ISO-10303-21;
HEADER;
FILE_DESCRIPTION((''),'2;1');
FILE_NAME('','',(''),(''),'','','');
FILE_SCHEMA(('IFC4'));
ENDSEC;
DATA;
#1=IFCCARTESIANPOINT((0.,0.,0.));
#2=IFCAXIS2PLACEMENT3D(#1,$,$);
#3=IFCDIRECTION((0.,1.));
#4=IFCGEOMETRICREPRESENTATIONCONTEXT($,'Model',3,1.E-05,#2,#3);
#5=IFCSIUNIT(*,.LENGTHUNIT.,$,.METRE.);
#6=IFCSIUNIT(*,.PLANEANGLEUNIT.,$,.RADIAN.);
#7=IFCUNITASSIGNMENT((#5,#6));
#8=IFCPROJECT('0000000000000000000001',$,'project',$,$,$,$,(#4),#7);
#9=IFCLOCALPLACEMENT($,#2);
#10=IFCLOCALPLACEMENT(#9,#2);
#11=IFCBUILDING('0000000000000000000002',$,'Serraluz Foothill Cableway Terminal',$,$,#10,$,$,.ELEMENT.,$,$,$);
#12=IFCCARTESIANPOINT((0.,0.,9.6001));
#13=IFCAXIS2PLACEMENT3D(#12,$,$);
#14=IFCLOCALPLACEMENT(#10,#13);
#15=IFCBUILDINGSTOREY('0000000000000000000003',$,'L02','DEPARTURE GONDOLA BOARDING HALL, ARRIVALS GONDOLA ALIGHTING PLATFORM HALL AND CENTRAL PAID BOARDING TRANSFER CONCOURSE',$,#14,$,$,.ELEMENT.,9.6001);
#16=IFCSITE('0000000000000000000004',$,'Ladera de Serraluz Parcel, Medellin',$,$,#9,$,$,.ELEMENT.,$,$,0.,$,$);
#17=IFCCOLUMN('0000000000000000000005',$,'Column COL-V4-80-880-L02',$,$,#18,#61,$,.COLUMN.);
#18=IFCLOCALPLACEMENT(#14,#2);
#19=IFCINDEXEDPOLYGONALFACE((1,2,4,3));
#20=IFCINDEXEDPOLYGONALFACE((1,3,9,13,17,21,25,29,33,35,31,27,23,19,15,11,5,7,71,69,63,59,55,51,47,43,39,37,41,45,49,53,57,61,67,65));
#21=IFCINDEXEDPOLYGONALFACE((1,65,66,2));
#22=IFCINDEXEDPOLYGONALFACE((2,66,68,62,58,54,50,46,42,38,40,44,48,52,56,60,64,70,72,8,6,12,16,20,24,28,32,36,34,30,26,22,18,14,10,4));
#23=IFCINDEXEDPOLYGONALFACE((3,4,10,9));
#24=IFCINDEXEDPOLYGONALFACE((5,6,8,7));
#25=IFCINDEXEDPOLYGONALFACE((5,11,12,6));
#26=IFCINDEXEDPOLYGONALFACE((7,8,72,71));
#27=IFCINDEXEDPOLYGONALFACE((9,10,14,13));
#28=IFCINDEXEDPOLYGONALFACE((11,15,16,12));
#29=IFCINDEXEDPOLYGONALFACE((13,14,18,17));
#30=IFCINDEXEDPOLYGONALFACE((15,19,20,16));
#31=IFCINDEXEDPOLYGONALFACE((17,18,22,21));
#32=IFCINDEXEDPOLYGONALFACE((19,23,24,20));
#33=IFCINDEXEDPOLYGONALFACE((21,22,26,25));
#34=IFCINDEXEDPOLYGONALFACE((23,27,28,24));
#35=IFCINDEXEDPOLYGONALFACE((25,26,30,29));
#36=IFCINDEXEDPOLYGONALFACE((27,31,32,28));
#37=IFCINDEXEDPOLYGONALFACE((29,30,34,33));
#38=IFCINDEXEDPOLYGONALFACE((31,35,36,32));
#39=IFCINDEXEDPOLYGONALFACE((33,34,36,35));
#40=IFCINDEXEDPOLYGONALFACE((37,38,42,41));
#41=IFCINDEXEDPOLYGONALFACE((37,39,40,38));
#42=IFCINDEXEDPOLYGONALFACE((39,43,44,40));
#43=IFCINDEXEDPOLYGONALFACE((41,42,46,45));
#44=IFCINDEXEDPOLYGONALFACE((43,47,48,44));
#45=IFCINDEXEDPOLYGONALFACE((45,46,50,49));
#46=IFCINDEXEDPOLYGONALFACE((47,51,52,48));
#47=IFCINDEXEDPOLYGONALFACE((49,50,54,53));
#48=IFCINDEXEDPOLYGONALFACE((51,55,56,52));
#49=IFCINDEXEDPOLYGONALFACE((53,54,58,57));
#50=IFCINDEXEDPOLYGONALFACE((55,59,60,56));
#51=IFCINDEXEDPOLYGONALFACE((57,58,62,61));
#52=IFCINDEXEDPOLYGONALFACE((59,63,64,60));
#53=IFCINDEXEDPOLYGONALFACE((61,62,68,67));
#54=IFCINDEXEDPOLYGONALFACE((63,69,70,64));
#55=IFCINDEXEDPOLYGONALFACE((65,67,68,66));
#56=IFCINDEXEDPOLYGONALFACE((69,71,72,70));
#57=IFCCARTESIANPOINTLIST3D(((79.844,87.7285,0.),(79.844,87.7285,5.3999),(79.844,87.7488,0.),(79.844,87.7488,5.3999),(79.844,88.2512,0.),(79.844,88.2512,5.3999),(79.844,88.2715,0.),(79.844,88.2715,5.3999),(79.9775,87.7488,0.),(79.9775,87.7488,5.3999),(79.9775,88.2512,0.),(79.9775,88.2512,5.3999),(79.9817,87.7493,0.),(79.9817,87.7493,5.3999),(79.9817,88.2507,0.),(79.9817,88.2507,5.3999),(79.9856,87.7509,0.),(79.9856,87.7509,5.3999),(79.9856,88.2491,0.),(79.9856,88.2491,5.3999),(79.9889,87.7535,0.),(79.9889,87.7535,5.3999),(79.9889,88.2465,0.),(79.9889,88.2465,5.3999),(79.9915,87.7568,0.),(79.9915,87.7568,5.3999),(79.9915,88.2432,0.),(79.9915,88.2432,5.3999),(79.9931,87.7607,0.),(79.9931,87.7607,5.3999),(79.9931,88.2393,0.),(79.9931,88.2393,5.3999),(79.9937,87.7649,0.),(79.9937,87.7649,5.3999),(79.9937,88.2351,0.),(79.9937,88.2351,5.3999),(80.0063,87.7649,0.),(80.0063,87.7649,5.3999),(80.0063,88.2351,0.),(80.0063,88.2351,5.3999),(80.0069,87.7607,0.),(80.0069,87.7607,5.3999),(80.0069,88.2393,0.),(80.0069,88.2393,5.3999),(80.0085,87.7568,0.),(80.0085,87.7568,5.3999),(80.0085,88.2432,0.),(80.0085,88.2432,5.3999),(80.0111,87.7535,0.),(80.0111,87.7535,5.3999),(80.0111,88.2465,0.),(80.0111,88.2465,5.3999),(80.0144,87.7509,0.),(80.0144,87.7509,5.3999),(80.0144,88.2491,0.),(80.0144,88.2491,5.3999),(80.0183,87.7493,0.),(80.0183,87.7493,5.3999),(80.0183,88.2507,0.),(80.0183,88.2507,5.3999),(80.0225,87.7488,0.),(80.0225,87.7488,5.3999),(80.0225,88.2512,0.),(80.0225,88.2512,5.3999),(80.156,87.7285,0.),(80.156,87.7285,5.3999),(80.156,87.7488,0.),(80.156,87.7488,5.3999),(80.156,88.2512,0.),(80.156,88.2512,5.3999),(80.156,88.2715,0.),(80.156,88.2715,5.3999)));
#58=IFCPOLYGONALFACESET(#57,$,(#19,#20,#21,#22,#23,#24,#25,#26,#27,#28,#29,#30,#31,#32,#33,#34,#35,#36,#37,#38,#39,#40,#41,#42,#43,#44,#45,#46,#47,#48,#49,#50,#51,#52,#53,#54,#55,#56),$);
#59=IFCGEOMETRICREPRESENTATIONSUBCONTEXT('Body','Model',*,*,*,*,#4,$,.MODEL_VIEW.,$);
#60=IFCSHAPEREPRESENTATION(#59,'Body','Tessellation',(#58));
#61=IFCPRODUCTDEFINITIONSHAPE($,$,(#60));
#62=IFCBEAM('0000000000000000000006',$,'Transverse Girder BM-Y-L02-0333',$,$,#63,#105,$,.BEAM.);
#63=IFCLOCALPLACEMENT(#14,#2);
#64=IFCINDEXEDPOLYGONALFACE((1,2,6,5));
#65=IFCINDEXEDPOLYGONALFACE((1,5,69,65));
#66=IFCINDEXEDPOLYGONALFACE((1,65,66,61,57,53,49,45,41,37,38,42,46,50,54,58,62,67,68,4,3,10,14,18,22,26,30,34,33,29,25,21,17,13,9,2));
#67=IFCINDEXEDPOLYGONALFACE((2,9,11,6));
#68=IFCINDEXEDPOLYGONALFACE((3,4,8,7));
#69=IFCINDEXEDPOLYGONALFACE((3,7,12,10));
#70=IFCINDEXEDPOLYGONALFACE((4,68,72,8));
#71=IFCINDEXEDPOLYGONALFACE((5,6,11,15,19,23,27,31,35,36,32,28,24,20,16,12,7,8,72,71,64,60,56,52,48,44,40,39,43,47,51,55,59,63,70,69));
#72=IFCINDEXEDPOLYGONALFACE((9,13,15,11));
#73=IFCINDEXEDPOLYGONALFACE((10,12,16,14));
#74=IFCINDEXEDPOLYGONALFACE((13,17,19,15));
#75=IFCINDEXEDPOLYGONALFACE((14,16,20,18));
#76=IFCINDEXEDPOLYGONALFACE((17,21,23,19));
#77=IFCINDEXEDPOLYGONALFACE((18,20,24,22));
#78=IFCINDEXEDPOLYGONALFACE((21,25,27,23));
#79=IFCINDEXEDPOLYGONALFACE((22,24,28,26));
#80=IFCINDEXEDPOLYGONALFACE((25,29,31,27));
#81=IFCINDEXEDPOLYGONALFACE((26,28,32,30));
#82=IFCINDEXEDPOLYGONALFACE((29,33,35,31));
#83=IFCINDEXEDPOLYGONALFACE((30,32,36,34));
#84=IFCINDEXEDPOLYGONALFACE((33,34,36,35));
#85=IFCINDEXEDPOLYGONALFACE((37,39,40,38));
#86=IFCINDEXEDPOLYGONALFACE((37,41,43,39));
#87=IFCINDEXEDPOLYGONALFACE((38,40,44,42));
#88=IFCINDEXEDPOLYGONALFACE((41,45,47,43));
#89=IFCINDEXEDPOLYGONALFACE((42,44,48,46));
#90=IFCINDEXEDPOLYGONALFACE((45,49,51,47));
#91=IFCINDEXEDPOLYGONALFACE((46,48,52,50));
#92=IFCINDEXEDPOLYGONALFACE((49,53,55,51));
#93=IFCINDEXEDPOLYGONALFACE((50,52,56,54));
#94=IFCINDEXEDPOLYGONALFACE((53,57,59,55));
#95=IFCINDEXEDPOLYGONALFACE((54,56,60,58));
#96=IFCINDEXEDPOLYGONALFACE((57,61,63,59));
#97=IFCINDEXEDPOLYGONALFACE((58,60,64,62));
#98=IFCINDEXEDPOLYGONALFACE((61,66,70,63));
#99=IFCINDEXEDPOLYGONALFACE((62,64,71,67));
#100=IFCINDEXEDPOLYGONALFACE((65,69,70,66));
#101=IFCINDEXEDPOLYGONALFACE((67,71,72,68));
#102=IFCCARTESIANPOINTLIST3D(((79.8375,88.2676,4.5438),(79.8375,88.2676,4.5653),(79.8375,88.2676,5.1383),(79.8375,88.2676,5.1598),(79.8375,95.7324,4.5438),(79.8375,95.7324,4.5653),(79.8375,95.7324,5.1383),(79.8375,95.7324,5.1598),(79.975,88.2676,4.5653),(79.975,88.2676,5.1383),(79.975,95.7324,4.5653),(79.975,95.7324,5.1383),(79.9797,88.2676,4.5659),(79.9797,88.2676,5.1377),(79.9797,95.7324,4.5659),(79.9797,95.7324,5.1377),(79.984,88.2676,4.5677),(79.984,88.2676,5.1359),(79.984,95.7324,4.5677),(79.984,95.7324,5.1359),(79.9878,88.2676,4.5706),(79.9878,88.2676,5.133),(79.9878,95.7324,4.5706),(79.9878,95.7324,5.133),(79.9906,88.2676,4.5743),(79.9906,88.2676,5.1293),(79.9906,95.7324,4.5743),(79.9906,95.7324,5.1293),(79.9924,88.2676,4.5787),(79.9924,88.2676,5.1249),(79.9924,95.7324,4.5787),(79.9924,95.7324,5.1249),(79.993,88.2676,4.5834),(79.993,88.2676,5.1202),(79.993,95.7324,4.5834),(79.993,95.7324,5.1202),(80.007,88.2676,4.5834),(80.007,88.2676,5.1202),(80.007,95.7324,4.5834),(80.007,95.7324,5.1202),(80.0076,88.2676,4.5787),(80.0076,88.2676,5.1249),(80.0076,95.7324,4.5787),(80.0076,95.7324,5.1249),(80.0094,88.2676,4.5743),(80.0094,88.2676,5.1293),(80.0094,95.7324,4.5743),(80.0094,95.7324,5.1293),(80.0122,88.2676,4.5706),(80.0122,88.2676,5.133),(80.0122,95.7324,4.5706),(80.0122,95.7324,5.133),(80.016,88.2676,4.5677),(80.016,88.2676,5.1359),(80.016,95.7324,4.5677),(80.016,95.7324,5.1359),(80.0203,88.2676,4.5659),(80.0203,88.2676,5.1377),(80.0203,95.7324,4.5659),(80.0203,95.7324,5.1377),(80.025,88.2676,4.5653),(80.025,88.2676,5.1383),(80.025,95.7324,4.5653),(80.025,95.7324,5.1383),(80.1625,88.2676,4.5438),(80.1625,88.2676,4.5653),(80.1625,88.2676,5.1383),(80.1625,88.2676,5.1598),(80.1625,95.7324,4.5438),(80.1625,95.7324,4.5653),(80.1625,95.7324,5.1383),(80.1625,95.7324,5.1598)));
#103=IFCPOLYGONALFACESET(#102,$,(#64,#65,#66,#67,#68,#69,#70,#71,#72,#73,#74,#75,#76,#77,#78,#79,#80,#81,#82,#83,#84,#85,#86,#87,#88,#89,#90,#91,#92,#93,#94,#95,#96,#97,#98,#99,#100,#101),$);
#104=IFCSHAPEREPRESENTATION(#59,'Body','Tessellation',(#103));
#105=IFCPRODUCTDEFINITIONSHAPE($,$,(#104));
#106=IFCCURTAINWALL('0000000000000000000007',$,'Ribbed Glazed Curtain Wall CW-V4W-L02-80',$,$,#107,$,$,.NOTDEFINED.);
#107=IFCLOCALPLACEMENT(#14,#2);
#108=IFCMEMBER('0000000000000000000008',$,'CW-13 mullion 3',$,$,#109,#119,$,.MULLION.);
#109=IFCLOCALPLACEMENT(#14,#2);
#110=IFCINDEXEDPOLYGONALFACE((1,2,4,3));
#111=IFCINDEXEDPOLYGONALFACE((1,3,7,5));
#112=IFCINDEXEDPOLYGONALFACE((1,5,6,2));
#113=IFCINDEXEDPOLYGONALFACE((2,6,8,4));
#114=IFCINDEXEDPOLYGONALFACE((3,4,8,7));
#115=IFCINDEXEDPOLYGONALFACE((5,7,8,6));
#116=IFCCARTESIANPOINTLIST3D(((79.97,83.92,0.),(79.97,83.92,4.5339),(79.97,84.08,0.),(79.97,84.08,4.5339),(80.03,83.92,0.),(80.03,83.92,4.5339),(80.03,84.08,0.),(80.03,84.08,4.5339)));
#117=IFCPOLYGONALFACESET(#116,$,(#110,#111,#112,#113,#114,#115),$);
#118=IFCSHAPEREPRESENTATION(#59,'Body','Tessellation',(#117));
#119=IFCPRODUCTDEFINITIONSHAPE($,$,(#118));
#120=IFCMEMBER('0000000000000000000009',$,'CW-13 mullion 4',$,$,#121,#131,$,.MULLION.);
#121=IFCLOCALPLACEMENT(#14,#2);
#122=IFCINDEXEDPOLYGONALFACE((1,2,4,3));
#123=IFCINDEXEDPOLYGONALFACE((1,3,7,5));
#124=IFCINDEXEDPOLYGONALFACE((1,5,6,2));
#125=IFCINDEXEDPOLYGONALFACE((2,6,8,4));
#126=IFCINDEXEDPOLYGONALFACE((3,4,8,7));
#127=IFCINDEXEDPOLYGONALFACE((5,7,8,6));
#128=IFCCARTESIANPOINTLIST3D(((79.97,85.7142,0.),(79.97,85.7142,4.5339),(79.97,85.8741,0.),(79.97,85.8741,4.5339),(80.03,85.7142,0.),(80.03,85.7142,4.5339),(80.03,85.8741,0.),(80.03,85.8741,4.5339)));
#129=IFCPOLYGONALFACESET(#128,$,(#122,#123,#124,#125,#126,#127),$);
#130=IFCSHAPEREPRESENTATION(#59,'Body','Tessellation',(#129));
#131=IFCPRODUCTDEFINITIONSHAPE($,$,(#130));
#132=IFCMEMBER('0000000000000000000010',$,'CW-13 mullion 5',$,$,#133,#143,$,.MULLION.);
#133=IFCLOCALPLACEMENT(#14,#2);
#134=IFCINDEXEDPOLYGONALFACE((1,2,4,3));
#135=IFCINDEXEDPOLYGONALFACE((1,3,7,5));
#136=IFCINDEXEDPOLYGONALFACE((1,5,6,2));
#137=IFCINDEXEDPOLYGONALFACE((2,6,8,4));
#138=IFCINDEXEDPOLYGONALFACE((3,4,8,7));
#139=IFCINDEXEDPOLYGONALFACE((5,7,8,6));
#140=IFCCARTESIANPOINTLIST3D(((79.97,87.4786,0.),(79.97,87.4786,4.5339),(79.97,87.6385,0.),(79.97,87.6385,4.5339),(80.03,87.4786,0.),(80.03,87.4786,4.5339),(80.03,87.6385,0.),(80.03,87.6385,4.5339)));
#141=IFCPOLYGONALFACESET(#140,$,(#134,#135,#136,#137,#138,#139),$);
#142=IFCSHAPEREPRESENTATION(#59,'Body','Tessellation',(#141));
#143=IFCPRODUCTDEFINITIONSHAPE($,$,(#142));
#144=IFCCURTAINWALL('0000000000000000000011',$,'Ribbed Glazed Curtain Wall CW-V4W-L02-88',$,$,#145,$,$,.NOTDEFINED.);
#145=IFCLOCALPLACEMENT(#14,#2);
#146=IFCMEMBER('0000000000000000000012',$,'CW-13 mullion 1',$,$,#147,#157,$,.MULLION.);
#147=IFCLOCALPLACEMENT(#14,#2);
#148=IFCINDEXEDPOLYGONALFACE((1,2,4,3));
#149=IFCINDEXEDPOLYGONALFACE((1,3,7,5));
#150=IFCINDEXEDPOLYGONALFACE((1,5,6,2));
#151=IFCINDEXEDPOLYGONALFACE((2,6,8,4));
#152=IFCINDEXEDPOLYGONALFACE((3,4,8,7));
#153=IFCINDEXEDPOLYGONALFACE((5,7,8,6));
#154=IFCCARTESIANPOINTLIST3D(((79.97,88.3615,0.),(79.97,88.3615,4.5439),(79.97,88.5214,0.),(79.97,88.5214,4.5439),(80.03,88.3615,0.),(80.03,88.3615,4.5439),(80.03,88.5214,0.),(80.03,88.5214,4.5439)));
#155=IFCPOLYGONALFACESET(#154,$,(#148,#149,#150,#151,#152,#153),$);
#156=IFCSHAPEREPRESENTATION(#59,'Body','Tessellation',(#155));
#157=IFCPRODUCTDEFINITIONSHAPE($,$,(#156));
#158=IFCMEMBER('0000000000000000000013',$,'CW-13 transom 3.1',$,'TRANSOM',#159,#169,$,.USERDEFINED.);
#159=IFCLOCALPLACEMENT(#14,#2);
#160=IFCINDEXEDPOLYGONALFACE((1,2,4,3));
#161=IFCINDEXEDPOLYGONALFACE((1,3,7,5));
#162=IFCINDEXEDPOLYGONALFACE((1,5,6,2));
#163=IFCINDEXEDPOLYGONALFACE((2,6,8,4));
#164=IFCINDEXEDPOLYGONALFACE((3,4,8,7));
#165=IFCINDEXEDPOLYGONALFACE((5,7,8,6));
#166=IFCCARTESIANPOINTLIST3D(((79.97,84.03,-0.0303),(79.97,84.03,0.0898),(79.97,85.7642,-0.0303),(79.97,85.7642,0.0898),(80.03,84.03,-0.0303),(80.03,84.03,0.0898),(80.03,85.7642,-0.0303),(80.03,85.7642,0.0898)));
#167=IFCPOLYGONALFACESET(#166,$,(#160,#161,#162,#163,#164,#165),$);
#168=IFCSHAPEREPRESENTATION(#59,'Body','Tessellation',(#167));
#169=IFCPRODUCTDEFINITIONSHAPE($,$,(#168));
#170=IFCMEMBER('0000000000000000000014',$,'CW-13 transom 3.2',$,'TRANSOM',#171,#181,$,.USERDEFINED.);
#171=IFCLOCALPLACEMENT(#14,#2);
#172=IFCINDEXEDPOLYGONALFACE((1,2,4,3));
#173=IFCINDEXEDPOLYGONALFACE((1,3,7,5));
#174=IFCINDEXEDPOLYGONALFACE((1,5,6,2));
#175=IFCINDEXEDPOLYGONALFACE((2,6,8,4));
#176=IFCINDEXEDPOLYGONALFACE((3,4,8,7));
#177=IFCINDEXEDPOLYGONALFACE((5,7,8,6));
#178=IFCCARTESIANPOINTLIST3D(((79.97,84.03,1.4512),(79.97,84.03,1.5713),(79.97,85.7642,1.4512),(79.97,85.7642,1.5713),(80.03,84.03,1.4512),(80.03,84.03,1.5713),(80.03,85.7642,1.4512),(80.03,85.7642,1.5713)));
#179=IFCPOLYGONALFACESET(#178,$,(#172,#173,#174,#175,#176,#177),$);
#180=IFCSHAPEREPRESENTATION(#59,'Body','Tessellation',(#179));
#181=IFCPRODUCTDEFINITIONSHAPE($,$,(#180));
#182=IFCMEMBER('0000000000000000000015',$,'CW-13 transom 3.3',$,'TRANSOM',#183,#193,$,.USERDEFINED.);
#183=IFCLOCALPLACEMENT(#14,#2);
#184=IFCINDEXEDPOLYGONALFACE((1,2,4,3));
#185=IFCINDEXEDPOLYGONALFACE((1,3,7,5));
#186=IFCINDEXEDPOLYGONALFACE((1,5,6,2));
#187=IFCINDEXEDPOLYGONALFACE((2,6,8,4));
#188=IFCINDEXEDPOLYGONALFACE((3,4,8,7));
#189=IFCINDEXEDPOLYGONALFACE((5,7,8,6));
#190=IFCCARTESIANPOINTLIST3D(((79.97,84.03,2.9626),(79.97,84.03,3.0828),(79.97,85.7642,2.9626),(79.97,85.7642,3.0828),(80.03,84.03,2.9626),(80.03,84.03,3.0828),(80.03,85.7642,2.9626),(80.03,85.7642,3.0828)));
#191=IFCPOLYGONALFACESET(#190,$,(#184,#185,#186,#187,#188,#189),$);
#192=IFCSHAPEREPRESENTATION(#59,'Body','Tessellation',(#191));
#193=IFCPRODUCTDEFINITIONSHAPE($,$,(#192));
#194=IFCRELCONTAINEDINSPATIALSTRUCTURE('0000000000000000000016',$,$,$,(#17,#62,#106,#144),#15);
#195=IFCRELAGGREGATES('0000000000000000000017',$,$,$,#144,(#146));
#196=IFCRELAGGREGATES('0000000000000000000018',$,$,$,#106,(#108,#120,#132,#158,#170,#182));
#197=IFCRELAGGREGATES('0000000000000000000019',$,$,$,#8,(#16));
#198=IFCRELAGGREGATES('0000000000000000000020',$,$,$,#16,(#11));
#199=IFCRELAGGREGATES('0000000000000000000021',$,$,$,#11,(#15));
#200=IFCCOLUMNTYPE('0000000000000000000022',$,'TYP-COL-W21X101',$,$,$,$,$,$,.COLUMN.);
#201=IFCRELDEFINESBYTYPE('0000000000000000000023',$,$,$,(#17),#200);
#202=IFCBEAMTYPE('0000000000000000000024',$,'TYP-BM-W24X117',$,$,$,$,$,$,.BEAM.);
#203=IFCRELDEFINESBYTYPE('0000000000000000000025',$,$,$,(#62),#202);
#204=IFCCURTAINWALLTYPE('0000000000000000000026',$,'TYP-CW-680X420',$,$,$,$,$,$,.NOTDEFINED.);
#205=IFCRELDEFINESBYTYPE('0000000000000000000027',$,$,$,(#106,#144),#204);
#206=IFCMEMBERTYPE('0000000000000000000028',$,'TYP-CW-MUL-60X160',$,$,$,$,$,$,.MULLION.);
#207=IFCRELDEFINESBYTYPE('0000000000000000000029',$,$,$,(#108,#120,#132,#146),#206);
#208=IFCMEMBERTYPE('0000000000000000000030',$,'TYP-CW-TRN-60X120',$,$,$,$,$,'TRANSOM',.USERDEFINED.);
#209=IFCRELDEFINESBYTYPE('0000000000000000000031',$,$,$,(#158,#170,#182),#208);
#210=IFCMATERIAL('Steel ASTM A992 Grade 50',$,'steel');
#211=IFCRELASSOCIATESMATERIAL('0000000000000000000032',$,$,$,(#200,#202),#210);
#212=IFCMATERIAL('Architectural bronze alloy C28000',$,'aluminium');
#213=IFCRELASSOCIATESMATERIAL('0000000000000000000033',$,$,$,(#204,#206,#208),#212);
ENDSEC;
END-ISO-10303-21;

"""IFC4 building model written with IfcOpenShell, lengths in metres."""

from ifc_helpers import new_model, si_unit, direction, frame, origin, origin_2d, place, context, subcontext, project, spatial, rectangle, i_section, extrude, material, material_profile, profile_set, type_object, element, aggregate, save


model = new_model("IFC4")

# Units and contexts
model_context = context("Model", 3, precision=1e-05, world=origin(), true_north=direction((0.0, 1.0)))
body_context = subcontext(model_context, "Body", "Model", "MODEL_VIEW")
ifc_project = project(units=[si_unit("LENGTHUNIT", "METRE"), si_unit("PLANEANGLEUNIT", "RADIAN")], contexts=[model_context])

# Site, building, storey
site_placement = place(None, origin())
site = spatial("IfcSite", under=ifc_project, at=site_placement, Name="Ladera de Serraluz Parcel, Medellin", CompositionType="ELEMENT", RefElevation=0.0)
building_placement = place(site_placement, origin())
building = spatial("IfcBuilding", under=site, at=building_placement, Name="Serraluz Foothill Cableway Terminal", CompositionType="ELEMENT")
storey_placement = place(building_placement, frame((0.0, 0.0, 9.6001)))
storey = spatial("IfcBuildingStorey", under=building, at=storey_placement, Name="L02", Description="DEPARTURE GONDOLA BOARDING HALL, ARRIVALS GONDOLA ALIGHTING PLATFORM HALL AND CENTRAL PAID BOARDING TRANSFER CONCOURSE", CompositionType="ELEMENT", Elevation=9.6001)

# Column
ifc_material_1 = material(Name="Steel ASTM A992 Grade 50", Category="steel")
ifc_material_profile_1 = material_profile(ifc_material_1, i_section(OverallWidth=0.312, OverallDepth=0.543, WebThickness=0.0127, FlangeThickness=0.0203, FilletRadius=0.0161, at=origin_2d()), Name="W21X101")
ifc_profile_set_1 = profile_set([ifc_material_profile_1], Name="Steel ASTM A992 Grade 50")
column_type = type_object("IfcColumnType", Name="TYP-COL-W21X101", PredefinedType="COLUMN", material=ifc_profile_set_1)
column_placement = place(storey_placement, frame((80.0, 88.0, 0.0), z_axis=(0.0, 0.0, 1.0), x_axis=(1.0, 0.0, 0.0)))
element("IfcColumn", 1, at=column_placement, inside=storey, type_object=column_type, Name="Column COL-V4-80-880-L02", PredefinedType="COLUMN", context=body_context, shape_type="SweptSolid", body=[
    extrude(i_section(OverallWidth=0.312, OverallDepth=0.543, WebThickness=0.0127, FlangeThickness=0.0203, FilletRadius=0.0161, at=origin_2d()), origin(), (0.0, 0.0, 1.0), 5.3999),
])

# Beam
ifc_material_profile_2 = material_profile(ifc_material_1, i_section(OverallWidth=0.325, OverallDepth=0.616, WebThickness=0.0139, FlangeThickness=0.0215, FilletRadius=0.0181, at=origin_2d()), Name="W24X117")
ifc_profile_set_2 = profile_set([ifc_material_profile_2], Name="Steel ASTM A992 Grade 50")
beam_type = type_object("IfcBeamType", Name="TYP-BM-W24X117", PredefinedType="BEAM", material=ifc_profile_set_2)
beam_placement = place(storey_placement, frame((80.0, 88.2676, 4.8518), z_axis=(0.0, 1.0, 0.0), x_axis=(-1.0, 0.0, 0.0)))
element("IfcBeam", 2, at=beam_placement, inside=storey, type_object=beam_type, Name="Transverse Girder BM-Y-L02-0333", PredefinedType="BEAM", context=body_context, shape_type="SweptSolid", body=[
    extrude(i_section(OverallWidth=0.325, OverallDepth=0.616, WebThickness=0.0139, FlangeThickness=0.0215, FilletRadius=0.0181, at=origin_2d()), origin(), (0.0, 0.0, 1.0), 7.4648),
])

# Curtain wall, members
ifc_material_2 = material(Name="Architectural bronze alloy C28000", Category="aluminium")
curtain_wall_type = type_object("IfcCurtainWallType", Name="TYP-CW-680X420", PredefinedType="NOTDEFINED", material=ifc_material_2)
curtain_wall_1_placement = place(storey_placement, origin())
curtain_wall_1 = element("IfcCurtainWall", 3, at=curtain_wall_1_placement, inside=storey, type_object=curtain_wall_type, Name="Ribbed Glazed Curtain Wall CW-V4W-L02-80", PredefinedType="NOTDEFINED")
ifc_material_profile_3 = material_profile(ifc_material_2, rectangle(XDim=0.0601, YDim=0.1599, at=origin_2d()), Name="ALU MULLION 60x160")
ifc_profile_set_3 = profile_set([ifc_material_profile_3], Name="Architectural bronze alloy C28000")
member_type_1 = type_object("IfcMemberType", Name="TYP-CW-MUL-60X160", PredefinedType="MULLION", material=ifc_profile_set_3)
member_1_placement = place(storey_placement, frame((80.0, 84.0, 0.0), z_axis=(0.0, 0.0, 1.0), x_axis=(-1.0, 0.0, 0.0)))
member_1 = element("IfcMember", 4, at=member_1_placement, type_object=member_type_1, Name="CW-13 mullion 3", PredefinedType="MULLION", context=body_context, shape_type="SweptSolid", body=[
    extrude(rectangle(XDim=0.0601, YDim=0.1599, at=origin_2d()), origin(), (0.0, 0.0, 1.0), 4.5339),
])
member_2_placement = place(storey_placement, frame((80.0, 85.7942, 0.0), z_axis=(0.0, 0.0, 1.0), x_axis=(-1.0, 0.0, 0.0)))
member_2 = element("IfcMember", 5, at=member_2_placement, type_object=member_type_1, Name="CW-13 mullion 4", PredefinedType="MULLION", context=body_context, shape_type="SweptSolid", body=[
    extrude(rectangle(XDim=0.0601, YDim=0.1599, at=origin_2d()), origin(), (0.0, 0.0, 1.0), 4.5339),
])
member_3_placement = place(storey_placement, frame((80.0, 87.5586, 0.0), z_axis=(0.0, 0.0, 1.0), x_axis=(-1.0, 0.0, 0.0)))
member_3 = element("IfcMember", 6, at=member_3_placement, type_object=member_type_1, Name="CW-13 mullion 5", PredefinedType="MULLION", context=body_context, shape_type="SweptSolid", body=[
    extrude(rectangle(XDim=0.0601, YDim=0.1599, at=origin_2d()), origin(), (0.0, 0.0, 1.0), 4.5339),
])

# Curtain wall, member
curtain_wall_2_placement = place(storey_placement, origin())
curtain_wall_2 = element("IfcCurtainWall", 7, at=curtain_wall_2_placement, inside=storey, type_object=curtain_wall_type, Name="Ribbed Glazed Curtain Wall CW-V4W-L02-88", PredefinedType="NOTDEFINED")
member_4_placement = place(storey_placement, frame((80.0, 88.4414, 0.0), z_axis=(0.0, 0.0, 1.0), x_axis=(-1.0, 0.0, 0.0)))
member_4 = element("IfcMember", 8, at=member_4_placement, type_object=member_type_1, Name="CW-13 mullion 1", PredefinedType="MULLION", context=body_context, shape_type="SweptSolid", body=[
    extrude(rectangle(XDim=0.0601, YDim=0.1599, at=origin_2d()), origin(), (0.0, 0.0, 1.0), 4.5439),
])

# Members
ifc_material_profile_4 = material_profile(ifc_material_2, rectangle(XDim=0.0601, YDim=0.1201, at=origin_2d()), Name="ALU TRANSOM 60x120")
ifc_profile_set_4 = profile_set([ifc_material_profile_4], Name="Architectural bronze alloy C28000")
member_type_2 = type_object("IfcMemberType", Name="TYP-CW-TRN-60X120", ElementType="TRANSOM", PredefinedType="USERDEFINED", material=ifc_profile_set_4)
member_5_placement = place(storey_placement, frame((80.0, 84.03, 0.0298), z_axis=(0.0, 1.0, 0.0), x_axis=(-1.0, 0.0, 0.0)))
member_5 = element("IfcMember", 9, at=member_5_placement, type_object=member_type_2, Name="CW-13 transom 3.1", ObjectType="TRANSOM", PredefinedType="USERDEFINED", context=body_context, shape_type="SweptSolid", body=[
    extrude(rectangle(XDim=0.0601, YDim=0.1201, at=origin_2d()), origin(), (0.0, 0.0, 1.0), 1.7341),
])
member_6_placement = place(storey_placement, frame((80.0, 84.03, 1.5112), z_axis=(0.0, 1.0, 0.0), x_axis=(-1.0, 0.0, 0.0)))
member_6 = element("IfcMember", 10, at=member_6_placement, type_object=member_type_2, Name="CW-13 transom 3.2", ObjectType="TRANSOM", PredefinedType="USERDEFINED", context=body_context, shape_type="SweptSolid", body=[
    extrude(rectangle(XDim=0.0601, YDim=0.1201, at=origin_2d()), origin(), (0.0, 0.0, 1.0), 1.7341),
])
member_7_placement = place(storey_placement, frame((80.0, 84.03, 3.0227), z_axis=(0.0, 1.0, 0.0), x_axis=(-1.0, 0.0, 0.0)))
member_7 = element("IfcMember", 11, at=member_7_placement, type_object=member_type_2, Name="CW-13 transom 3.3", ObjectType="TRANSOM", PredefinedType="USERDEFINED", context=body_context, shape_type="SweptSolid", body=[
    extrude(rectangle(XDim=0.0601, YDim=0.1201, at=origin_2d()), origin(), (0.0, 0.0, 1.0), 1.7341),
])
aggregate(curtain_wall_2, [member_4])

aggregate(curtain_wall_1, [member_1, member_2, member_3, member_5, member_6, member_7])

save(model, "model.ifc")
